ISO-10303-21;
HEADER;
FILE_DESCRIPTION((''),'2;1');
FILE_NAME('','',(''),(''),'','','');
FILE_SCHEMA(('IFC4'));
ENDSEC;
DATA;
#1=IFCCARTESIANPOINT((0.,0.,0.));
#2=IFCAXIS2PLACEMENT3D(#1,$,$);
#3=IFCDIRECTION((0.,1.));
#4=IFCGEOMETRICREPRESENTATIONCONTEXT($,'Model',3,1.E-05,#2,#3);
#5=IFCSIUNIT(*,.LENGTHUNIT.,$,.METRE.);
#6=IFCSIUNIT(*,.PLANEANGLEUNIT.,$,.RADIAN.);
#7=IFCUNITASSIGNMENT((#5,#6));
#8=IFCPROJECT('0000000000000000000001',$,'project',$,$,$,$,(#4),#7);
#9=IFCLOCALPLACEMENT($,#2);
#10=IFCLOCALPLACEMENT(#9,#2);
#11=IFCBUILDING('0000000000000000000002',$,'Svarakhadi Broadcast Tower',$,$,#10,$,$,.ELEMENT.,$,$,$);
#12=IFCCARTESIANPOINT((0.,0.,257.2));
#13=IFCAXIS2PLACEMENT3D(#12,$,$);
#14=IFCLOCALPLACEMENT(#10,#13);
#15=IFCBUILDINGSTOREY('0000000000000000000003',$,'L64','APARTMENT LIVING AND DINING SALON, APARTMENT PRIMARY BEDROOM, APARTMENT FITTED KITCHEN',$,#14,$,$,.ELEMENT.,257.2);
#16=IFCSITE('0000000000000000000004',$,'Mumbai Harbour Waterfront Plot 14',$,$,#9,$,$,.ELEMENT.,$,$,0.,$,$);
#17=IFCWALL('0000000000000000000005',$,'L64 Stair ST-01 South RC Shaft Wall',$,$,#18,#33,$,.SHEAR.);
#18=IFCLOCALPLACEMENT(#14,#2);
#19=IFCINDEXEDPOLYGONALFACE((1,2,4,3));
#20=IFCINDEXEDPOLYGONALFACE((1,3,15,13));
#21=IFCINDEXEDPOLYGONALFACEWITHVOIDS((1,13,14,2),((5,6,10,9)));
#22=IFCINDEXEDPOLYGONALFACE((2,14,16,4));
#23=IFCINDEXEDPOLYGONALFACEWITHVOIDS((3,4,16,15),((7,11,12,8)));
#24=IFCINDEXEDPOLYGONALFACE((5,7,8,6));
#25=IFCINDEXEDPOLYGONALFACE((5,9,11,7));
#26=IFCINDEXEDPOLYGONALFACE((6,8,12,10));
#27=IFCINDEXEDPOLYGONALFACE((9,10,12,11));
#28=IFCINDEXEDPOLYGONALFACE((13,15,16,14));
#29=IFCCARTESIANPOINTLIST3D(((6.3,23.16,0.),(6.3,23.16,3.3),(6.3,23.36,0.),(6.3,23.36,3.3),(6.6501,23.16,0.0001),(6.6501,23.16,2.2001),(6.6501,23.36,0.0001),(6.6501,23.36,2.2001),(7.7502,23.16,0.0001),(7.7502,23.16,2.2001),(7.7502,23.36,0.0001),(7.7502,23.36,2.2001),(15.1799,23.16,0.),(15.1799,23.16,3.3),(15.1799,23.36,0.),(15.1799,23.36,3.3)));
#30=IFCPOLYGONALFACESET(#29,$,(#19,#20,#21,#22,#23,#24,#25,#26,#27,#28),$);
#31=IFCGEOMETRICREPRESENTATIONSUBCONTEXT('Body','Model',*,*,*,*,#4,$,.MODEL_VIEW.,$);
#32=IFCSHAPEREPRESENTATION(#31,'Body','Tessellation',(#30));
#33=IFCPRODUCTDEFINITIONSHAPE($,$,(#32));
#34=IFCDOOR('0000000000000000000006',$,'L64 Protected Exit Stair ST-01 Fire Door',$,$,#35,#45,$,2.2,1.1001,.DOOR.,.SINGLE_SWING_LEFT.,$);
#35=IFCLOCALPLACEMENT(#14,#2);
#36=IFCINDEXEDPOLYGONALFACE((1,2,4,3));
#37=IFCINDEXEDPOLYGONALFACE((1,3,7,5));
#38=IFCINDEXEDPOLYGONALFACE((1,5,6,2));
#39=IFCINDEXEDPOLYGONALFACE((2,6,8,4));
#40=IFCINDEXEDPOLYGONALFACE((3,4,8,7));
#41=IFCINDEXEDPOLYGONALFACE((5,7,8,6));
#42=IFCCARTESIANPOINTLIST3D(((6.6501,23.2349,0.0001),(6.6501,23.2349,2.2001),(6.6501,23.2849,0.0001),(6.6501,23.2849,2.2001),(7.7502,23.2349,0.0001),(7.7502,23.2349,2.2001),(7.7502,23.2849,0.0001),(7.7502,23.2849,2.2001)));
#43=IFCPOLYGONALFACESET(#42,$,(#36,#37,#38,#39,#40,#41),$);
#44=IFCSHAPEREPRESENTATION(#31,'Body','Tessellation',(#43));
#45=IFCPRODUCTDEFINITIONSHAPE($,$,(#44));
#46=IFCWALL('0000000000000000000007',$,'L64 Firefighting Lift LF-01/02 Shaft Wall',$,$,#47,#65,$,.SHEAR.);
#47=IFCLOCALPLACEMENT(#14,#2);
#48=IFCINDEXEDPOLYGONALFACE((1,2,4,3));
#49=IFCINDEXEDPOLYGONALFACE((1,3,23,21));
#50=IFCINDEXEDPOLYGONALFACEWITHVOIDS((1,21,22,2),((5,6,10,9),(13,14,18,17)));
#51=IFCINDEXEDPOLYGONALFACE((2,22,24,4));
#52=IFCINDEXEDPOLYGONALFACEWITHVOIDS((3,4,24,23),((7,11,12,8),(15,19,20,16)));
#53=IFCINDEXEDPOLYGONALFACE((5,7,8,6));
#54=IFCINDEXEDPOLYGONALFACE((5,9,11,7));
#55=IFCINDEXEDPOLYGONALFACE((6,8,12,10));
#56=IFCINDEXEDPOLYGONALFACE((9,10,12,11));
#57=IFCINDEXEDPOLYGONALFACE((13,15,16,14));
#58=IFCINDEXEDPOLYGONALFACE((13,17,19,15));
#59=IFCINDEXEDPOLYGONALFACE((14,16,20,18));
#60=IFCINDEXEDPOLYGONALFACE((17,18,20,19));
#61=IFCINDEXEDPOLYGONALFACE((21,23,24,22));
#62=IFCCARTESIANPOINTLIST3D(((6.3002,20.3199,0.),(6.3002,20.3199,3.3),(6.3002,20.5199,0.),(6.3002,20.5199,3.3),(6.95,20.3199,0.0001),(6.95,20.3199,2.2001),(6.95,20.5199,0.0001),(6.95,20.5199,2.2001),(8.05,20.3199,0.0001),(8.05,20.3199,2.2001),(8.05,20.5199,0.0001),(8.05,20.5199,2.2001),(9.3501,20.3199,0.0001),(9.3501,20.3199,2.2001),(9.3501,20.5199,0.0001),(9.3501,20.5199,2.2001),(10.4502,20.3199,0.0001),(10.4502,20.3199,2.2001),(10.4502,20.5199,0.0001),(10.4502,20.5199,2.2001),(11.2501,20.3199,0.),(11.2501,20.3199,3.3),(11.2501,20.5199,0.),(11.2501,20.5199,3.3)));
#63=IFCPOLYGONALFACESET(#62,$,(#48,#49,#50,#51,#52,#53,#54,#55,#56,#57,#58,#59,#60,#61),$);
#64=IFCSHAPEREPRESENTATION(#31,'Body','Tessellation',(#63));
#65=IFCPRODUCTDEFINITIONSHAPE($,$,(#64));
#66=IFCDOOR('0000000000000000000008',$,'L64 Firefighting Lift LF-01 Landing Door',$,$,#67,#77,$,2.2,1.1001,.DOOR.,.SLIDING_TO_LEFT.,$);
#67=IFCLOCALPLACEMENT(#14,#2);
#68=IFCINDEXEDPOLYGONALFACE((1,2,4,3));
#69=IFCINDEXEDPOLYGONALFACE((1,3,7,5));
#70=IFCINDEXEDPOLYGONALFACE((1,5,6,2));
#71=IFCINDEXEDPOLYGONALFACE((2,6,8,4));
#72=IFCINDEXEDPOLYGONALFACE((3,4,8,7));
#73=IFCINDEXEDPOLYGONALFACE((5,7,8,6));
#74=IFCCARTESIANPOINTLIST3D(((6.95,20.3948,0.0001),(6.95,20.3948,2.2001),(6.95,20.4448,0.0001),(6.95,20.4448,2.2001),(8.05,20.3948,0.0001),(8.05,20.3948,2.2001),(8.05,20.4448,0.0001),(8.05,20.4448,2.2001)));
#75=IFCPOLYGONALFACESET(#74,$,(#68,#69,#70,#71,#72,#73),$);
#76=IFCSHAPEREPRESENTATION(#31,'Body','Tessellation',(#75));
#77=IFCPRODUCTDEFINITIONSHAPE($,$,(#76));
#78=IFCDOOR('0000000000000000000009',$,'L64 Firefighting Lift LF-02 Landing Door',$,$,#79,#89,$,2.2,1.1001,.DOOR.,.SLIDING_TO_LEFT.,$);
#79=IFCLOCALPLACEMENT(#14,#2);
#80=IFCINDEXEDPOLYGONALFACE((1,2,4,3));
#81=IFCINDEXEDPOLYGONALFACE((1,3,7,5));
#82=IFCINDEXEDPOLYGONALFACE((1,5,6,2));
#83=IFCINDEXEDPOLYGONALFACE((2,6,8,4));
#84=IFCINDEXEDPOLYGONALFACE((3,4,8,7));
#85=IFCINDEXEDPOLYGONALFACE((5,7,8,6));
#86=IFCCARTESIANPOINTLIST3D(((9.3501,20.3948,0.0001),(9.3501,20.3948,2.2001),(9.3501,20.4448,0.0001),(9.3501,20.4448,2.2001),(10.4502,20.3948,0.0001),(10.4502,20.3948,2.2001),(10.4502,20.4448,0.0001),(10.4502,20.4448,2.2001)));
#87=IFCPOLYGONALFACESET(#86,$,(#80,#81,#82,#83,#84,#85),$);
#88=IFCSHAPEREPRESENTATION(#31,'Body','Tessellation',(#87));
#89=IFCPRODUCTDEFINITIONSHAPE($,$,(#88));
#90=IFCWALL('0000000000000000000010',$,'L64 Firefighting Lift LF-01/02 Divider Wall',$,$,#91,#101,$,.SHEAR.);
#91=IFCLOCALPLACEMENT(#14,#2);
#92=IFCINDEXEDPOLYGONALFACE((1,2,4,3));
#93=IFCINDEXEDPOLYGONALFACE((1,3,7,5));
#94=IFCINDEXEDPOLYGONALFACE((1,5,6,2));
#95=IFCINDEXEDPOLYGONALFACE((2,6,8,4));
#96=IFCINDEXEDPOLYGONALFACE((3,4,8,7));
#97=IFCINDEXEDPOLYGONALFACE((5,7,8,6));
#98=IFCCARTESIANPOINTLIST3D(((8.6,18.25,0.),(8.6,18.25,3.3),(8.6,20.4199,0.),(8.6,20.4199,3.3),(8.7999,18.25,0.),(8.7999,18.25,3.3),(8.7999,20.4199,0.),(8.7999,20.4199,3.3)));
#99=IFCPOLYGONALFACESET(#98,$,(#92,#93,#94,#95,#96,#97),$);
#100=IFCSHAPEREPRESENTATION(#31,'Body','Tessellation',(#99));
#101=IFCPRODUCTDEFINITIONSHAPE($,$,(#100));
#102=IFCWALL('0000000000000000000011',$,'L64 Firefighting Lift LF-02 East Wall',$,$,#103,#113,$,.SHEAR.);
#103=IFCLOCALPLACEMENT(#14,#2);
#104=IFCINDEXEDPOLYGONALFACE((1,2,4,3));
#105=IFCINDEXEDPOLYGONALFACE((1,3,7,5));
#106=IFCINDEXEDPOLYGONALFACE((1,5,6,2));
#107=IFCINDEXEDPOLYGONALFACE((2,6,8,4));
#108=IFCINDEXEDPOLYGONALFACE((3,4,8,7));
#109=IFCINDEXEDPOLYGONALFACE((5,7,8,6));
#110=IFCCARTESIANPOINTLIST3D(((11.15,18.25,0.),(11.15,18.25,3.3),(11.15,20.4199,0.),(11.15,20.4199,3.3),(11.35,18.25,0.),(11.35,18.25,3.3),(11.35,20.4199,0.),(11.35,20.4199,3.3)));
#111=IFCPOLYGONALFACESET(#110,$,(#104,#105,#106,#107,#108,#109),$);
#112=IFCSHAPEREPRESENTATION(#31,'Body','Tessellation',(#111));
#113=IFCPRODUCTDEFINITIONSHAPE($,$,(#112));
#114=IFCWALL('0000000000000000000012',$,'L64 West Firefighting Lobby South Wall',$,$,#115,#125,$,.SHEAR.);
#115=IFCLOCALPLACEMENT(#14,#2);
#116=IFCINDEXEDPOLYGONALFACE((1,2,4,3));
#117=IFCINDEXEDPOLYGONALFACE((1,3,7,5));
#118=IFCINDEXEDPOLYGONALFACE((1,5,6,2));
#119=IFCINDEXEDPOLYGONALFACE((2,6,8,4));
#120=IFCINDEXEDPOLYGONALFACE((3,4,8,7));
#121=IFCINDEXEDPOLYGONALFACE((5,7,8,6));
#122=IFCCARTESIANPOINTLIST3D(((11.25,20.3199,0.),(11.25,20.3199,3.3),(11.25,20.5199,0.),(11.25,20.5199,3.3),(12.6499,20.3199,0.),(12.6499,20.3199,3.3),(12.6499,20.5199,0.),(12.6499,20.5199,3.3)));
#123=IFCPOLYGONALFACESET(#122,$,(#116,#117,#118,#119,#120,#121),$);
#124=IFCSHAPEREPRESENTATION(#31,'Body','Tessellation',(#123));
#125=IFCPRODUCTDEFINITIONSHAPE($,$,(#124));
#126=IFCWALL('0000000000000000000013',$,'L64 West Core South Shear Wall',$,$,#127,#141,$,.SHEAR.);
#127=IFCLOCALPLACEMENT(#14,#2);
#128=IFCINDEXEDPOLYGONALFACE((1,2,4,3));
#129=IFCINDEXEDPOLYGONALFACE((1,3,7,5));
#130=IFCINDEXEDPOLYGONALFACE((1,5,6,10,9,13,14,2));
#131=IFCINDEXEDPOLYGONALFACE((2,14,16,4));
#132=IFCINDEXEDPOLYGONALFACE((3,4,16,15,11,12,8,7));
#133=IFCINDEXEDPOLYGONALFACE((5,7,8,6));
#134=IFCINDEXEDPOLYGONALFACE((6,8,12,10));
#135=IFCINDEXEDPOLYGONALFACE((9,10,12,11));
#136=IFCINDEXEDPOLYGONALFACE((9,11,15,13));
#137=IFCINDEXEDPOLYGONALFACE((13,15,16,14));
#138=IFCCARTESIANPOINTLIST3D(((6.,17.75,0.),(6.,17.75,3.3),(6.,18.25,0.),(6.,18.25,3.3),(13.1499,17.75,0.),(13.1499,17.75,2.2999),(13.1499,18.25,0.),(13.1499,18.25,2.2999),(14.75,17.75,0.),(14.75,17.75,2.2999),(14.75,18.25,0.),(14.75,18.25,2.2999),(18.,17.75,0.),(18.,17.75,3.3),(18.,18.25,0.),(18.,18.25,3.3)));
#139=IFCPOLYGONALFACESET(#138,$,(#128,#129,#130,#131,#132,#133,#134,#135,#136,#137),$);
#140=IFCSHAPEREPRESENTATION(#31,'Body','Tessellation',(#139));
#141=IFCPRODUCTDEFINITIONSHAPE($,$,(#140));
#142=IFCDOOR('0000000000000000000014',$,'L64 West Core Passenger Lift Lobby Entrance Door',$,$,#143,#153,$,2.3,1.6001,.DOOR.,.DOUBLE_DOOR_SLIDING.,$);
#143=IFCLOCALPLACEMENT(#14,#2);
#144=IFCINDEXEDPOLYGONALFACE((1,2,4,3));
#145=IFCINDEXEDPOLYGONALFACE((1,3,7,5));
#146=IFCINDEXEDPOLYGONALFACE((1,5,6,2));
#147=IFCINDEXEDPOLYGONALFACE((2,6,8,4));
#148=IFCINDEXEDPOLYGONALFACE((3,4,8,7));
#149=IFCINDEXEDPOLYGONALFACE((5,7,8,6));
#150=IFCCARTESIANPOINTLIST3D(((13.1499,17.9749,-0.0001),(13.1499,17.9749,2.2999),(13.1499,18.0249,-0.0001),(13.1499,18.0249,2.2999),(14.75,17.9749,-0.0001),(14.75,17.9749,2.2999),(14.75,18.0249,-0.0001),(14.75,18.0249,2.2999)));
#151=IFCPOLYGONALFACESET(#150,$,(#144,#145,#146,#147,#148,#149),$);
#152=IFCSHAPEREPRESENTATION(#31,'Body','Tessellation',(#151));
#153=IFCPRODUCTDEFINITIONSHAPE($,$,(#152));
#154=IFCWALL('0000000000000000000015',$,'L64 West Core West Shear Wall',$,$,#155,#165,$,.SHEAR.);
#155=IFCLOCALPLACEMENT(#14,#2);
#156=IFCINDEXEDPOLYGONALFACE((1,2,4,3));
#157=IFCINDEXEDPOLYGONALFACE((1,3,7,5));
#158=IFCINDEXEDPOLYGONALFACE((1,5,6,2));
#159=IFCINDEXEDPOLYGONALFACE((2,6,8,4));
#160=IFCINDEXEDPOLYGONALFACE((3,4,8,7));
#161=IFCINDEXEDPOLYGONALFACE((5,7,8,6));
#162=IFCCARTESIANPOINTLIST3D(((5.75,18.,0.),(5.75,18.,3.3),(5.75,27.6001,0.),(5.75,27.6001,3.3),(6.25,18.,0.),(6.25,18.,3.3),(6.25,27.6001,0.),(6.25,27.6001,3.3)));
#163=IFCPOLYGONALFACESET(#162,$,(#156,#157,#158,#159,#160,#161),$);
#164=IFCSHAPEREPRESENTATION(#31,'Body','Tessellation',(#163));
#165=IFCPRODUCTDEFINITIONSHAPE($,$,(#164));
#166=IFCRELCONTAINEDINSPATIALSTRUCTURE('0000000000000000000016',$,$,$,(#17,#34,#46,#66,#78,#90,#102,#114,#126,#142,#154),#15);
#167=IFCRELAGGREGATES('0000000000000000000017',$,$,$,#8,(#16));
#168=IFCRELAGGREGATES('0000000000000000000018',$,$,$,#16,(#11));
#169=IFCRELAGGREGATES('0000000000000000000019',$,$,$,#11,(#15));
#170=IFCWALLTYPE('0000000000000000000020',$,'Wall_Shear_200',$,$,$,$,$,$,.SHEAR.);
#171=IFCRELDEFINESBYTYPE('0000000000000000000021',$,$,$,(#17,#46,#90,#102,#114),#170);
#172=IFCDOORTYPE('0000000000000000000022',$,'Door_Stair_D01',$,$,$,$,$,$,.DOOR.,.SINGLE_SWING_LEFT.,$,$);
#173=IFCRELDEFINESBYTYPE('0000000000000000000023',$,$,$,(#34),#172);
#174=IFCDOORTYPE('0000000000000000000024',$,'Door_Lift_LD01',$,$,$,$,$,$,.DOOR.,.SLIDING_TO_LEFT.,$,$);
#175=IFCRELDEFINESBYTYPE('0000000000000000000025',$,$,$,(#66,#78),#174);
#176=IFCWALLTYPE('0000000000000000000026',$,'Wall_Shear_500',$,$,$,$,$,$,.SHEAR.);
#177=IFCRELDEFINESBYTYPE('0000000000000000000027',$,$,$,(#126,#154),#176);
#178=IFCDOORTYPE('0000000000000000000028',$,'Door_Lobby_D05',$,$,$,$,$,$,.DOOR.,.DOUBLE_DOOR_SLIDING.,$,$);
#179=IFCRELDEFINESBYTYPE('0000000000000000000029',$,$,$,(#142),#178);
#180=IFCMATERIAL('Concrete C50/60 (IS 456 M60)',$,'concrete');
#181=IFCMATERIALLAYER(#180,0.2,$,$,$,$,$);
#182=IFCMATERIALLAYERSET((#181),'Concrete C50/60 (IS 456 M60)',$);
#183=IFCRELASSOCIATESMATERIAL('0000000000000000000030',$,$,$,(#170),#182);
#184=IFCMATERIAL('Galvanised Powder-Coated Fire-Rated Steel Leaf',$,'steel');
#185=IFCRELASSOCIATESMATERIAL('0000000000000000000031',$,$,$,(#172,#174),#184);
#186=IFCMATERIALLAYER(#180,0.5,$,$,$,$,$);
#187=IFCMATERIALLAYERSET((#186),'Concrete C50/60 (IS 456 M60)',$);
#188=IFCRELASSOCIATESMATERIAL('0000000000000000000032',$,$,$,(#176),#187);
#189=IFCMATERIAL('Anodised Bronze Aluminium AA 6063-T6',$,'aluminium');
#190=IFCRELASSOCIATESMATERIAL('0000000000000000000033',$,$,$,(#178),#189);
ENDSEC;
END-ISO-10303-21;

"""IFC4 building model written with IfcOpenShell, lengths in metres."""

from ifc_helpers import new_model, si_unit, direction, frame, frame_2d, origin, place, context, subcontext, project, spatial, rectangle, extrude, material, layer, layer_set, type_object, element, fill, save


model = new_model("IFC4")

# Units and contexts
model_context = context("Model", 3, precision=1e-05, world=origin(), true_north=direction((0.0, 1.0)))
body_context = subcontext(model_context, "Body", "Model", "MODEL_VIEW")
ifc_project = project(units=[si_unit("LENGTHUNIT", "METRE"), si_unit("PLANEANGLEUNIT", "RADIAN")], contexts=[model_context])

# Site, building, storey
site_placement = place(None, origin())
site = spatial("IfcSite", under=ifc_project, at=site_placement, Name="Mumbai Harbour Waterfront Plot 14", CompositionType="ELEMENT", RefElevation=0.0)
building_placement = place(site_placement, origin())
building = spatial("IfcBuilding", under=site, at=building_placement, Name="Svarakhadi Broadcast Tower", CompositionType="ELEMENT")
storey_placement = place(building_placement, frame((0.0, 0.0, 257.2)))
storey = spatial("IfcBuildingStorey", under=building, at=storey_placement, Name="L64", Description="APARTMENT LIVING AND DINING SALON, APARTMENT PRIMARY BEDROOM, APARTMENT FITTED KITCHEN", CompositionType="ELEMENT", Elevation=257.2)

# Shared definitions
ifc_material_1 = material(Name="Concrete C50/60 (IS 456 M60)", Category="concrete")

# Wall, opening, door
ifc_layer_1 = layer(ifc_material_1, 0.2)
ifc_layer_set_1 = layer_set([ifc_layer_1], Name="Concrete C50/60 (IS 456 M60)")
wall_type_1 = type_object("IfcWallType", Name="Wall_Shear_200", PredefinedType="SHEAR", material=ifc_layer_set_1)
wall_1_placement = place(storey_placement, frame((6.3, 23.26, 0.0), z_axis=(0.0, 0.0, 1.0), x_axis=(1.0, 0.0, 0.0)))
wall_1 = element("IfcWall", 1, at=wall_1_placement, inside=storey, type_object=wall_type_1, Name="L64 Stair ST-01 South RC Shaft Wall", PredefinedType="SHEAR", context=body_context, shape_type="SweptSolid", body=[
    extrude(rectangle(XDim=8.8799, YDim=0.2, at=frame_2d((4.4399, 0.0))), origin(), (0.0, 0.0, 1.0), 3.3),
])
opening_1_placement = place(wall_1_placement, frame((0.3501, 0.0, 0.0)))
opening_1 = element("IfcOpeningElement", 2, at=opening_1_placement, cuts=wall_1, PredefinedType="OPENING", context=body_context, shape_type="SweptSolid", body=[
    extrude(rectangle(XDim=1.1001, YDim=2.2, at=frame_2d((0.55, 1.1001))), frame((0.0, 0.1099, 0.0), z_axis=(0.0, -1.0, 0.0), x_axis=(1.0, 0.0, 0.0)), (0.0, 0.0, 1.0), 0.22),
])
ifc_material_2 = material(Name="Galvanised Powder-Coated Fire-Rated Steel Leaf", Category="steel")
door_type_1 = type_object("IfcDoorType", Name="Door_Stair_D01", OperationType="SINGLE_SWING_LEFT", PredefinedType="DOOR", material=ifc_material_2)
door_1_placement = place(opening_1_placement, origin())
door_1 = element("IfcDoor", 3, at=door_1_placement, inside=storey, type_object=door_type_1, Name="L64 Protected Exit Stair ST-01 Fire Door", OperationType="SINGLE_SWING_LEFT", OverallHeight=2.2, OverallWidth=1.1001, PredefinedType="DOOR", context=body_context, shape_type="SweptSolid", body=[
    extrude(rectangle(XDim=1.1001, YDim=2.2, at=frame_2d((0.55, 1.1001))), frame((0.0, 0.0249, 0.0), z_axis=(0.0, -1.0, 0.0), x_axis=(1.0, 0.0, 0.0)), (0.0, 0.0, 1.0), 0.05),
])
fill(opening_1, door_1)

# Wall, openings, doors
wall_2_placement = place(storey_placement, frame((6.3, 20.4199, 0.0), z_axis=(0.0, 0.0, 1.0), x_axis=(1.0, 0.0, 0.0)))
wall_2 = element("IfcWall", 4, at=wall_2_placement, inside=storey, type_object=wall_type_1, Name="L64 Firefighting Lift LF-01/02 Shaft Wall", PredefinedType="SHEAR", context=body_context, shape_type="SweptSolid", body=[
    extrude(rectangle(XDim=4.95, YDim=0.2, at=frame_2d((2.4751, 0.0))), origin(), (0.0, 0.0, 1.0), 3.3),
])
opening_2_placement = place(wall_2_placement, frame((0.6499, 0.0, 0.0)))
opening_2 = element("IfcOpeningElement", 5, at=opening_2_placement, cuts=wall_2, PredefinedType="OPENING", context=body_context, shape_type="SweptSolid", body=[
    extrude(rectangle(XDim=1.1001, YDim=2.2, at=frame_2d((0.55, 1.1001))), frame((0.0, 0.1099, 0.0), z_axis=(0.0, -1.0, 0.0), x_axis=(1.0, 0.0, 0.0)), (0.0, 0.0, 1.0), 0.22),
])
opening_3_placement = place(wall_2_placement, frame((3.05, 0.0, 0.0)))
opening_3 = element("IfcOpeningElement", 6, at=opening_3_placement, cuts=wall_2, PredefinedType="OPENING", context=body_context, shape_type="SweptSolid", body=[
    extrude(rectangle(XDim=1.1001, YDim=2.2, at=frame_2d((0.55, 1.1001))), frame((0.0, 0.1099, 0.0), z_axis=(0.0, -1.0, 0.0), x_axis=(1.0, 0.0, 0.0)), (0.0, 0.0, 1.0), 0.22),
])
door_type_2 = type_object("IfcDoorType", Name="Door_Lift_LD01", OperationType="SLIDING_TO_LEFT", PredefinedType="DOOR", material=ifc_material_2)
door_2_placement = place(opening_2_placement, origin())
door_2 = element("IfcDoor", 7, at=door_2_placement, inside=storey, type_object=door_type_2, Name="L64 Firefighting Lift LF-01 Landing Door", OperationType="SLIDING_TO_LEFT", OverallHeight=2.2, OverallWidth=1.1001, PredefinedType="DOOR", context=body_context, shape_type="SweptSolid", body=[
    extrude(rectangle(XDim=1.1001, YDim=2.2, at=frame_2d((0.55, 1.1001))), frame((0.0, 0.0249, 0.0), z_axis=(0.0, -1.0, 0.0), x_axis=(1.0, 0.0, 0.0)), (0.0, 0.0, 1.0), 0.05),
])
fill(opening_2, door_2)
door_3_placement = place(opening_3_placement, origin())
door_3 = element("IfcDoor", 8, at=door_3_placement, inside=storey, type_object=door_type_2, Name="L64 Firefighting Lift LF-02 Landing Door", OperationType="SLIDING_TO_LEFT", OverallHeight=2.2, OverallWidth=1.1001, PredefinedType="DOOR", context=body_context, shape_type="SweptSolid", body=[
    extrude(rectangle(XDim=1.1001, YDim=2.2, at=frame_2d((0.55, 1.1001))), frame((0.0, 0.0249, 0.0), z_axis=(0.0, -1.0, 0.0), x_axis=(1.0, 0.0, 0.0)), (0.0, 0.0, 1.0), 0.05),
])
fill(opening_3, door_3)

# Walls
for number, where, z_axis, x_axis, name in (
    (9, (8.7, 18.25, 0.0), (0.0, 0.0, 1.0), (0.0, 1.0, 0.0), "L64 Firefighting Lift LF-01/02 Divider Wall"),
    (10, (11.25, 18.25, 0.0), (0.0, 0.0, 1.0), (0.0, 1.0, 0.0), "L64 Firefighting Lift LF-02 East Wall"),
):
    element("IfcWall", number, at=place(storey_placement, frame(where, z_axis=z_axis, x_axis=x_axis)), inside=storey, type_object=wall_type_1, Name=name, PredefinedType="SHEAR", context=body_context, shape_type="SweptSolid", body=[
        extrude(rectangle(XDim=2.1699, YDim=0.2, at=frame_2d((1.085, 0.0))), origin(), (0.0, 0.0, 1.0), 3.3),
    ])
wall_3_placement = place(storey_placement, frame((11.25, 20.4199, 0.0), z_axis=(0.0, 0.0, 1.0), x_axis=(1.0, 0.0, 0.0)))
element("IfcWall", 11, at=wall_3_placement, inside=storey, type_object=wall_type_1, Name="L64 West Firefighting Lobby South Wall", PredefinedType="SHEAR", context=body_context, shape_type="SweptSolid", body=[
    extrude(rectangle(XDim=1.3999, YDim=0.2, at=frame_2d((0.7, 0.0))), origin(), (0.0, 0.0, 1.0), 3.3),
])

# Wall, opening, door
ifc_layer_2 = layer(ifc_material_1, 0.5)
ifc_layer_set_2 = layer_set([ifc_layer_2], Name="Concrete C50/60 (IS 456 M60)")
wall_type_2 = type_object("IfcWallType", Name="Wall_Shear_500", PredefinedType="SHEAR", material=ifc_layer_set_2)
wall_4_placement = place(storey_placement, frame((6.0, 18.0, 0.0), z_axis=(0.0, 0.0, 1.0), x_axis=(1.0, 0.0, 0.0)))
wall_4 = element("IfcWall", 12, at=wall_4_placement, inside=storey, type_object=wall_type_2, Name="L64 West Core South Shear Wall", PredefinedType="SHEAR", context=body_context, shape_type="SweptSolid", body=[
    extrude(rectangle(XDim=12.0, YDim=0.5, at=frame_2d((6.0, 0.0))), origin(), (0.0, 0.0, 1.0), 3.3),
])
opening_4_placement = place(wall_4_placement, frame((7.1499, 0.0, 0.0)))
opening_4 = element("IfcOpeningElement", 13, at=opening_4_placement, cuts=wall_4, PredefinedType="OPENING", context=body_context, shape_type="SweptSolid", body=[
    extrude(rectangle(XDim=1.6001, YDim=2.3, at=frame_2d((0.8, 1.1499))), frame((0.0, 0.26, 0.0), z_axis=(0.0, -1.0, 0.0), x_axis=(1.0, 0.0, 0.0)), (0.0, 0.0, 1.0), 0.52),
])
ifc_material_3 = material(Name="Anodised Bronze Aluminium AA 6063-T6", Category="aluminium")
door_type_3 = type_object("IfcDoorType", Name="Door_Lobby_D05", OperationType="DOUBLE_DOOR_SLIDING", PredefinedType="DOOR", material=ifc_material_3)
door_4_placement = place(opening_4_placement, origin())
door_4 = element("IfcDoor", 14, at=door_4_placement, inside=storey, type_object=door_type_3, Name="L64 West Core Passenger Lift Lobby Entrance Door", OperationType="DOUBLE_DOOR_SLIDING", OverallHeight=2.3, OverallWidth=1.6001, PredefinedType="DOOR", context=body_context, shape_type="SweptSolid", body=[
    extrude(rectangle(XDim=1.6001, YDim=2.3, at=frame_2d((0.8, 1.1499))), frame((0.0, 0.0249, 0.0), z_axis=(0.0, -1.0, 0.0), x_axis=(1.0, 0.0, 0.0)), (0.0, 0.0, 1.0), 0.05),
])
fill(opening_4, door_4)

# Wall
wall_5_placement = place(storey_placement, frame((6.0, 18.0, 0.0), z_axis=(0.0, 0.0, 1.0), x_axis=(0.0, 1.0, 0.0)))
element("IfcWall", 15, at=wall_5_placement, inside=storey, type_object=wall_type_2, Name="L64 West Core West Shear Wall", PredefinedType="SHEAR", context=body_context, shape_type="SweptSolid", body=[
    extrude(rectangle(XDim=9.6001, YDim=0.5, at=frame_2d((4.8, 0.0))), origin(), (0.0, 0.0, 1.0), 3.3),
])

save(model, "model.ifc")
